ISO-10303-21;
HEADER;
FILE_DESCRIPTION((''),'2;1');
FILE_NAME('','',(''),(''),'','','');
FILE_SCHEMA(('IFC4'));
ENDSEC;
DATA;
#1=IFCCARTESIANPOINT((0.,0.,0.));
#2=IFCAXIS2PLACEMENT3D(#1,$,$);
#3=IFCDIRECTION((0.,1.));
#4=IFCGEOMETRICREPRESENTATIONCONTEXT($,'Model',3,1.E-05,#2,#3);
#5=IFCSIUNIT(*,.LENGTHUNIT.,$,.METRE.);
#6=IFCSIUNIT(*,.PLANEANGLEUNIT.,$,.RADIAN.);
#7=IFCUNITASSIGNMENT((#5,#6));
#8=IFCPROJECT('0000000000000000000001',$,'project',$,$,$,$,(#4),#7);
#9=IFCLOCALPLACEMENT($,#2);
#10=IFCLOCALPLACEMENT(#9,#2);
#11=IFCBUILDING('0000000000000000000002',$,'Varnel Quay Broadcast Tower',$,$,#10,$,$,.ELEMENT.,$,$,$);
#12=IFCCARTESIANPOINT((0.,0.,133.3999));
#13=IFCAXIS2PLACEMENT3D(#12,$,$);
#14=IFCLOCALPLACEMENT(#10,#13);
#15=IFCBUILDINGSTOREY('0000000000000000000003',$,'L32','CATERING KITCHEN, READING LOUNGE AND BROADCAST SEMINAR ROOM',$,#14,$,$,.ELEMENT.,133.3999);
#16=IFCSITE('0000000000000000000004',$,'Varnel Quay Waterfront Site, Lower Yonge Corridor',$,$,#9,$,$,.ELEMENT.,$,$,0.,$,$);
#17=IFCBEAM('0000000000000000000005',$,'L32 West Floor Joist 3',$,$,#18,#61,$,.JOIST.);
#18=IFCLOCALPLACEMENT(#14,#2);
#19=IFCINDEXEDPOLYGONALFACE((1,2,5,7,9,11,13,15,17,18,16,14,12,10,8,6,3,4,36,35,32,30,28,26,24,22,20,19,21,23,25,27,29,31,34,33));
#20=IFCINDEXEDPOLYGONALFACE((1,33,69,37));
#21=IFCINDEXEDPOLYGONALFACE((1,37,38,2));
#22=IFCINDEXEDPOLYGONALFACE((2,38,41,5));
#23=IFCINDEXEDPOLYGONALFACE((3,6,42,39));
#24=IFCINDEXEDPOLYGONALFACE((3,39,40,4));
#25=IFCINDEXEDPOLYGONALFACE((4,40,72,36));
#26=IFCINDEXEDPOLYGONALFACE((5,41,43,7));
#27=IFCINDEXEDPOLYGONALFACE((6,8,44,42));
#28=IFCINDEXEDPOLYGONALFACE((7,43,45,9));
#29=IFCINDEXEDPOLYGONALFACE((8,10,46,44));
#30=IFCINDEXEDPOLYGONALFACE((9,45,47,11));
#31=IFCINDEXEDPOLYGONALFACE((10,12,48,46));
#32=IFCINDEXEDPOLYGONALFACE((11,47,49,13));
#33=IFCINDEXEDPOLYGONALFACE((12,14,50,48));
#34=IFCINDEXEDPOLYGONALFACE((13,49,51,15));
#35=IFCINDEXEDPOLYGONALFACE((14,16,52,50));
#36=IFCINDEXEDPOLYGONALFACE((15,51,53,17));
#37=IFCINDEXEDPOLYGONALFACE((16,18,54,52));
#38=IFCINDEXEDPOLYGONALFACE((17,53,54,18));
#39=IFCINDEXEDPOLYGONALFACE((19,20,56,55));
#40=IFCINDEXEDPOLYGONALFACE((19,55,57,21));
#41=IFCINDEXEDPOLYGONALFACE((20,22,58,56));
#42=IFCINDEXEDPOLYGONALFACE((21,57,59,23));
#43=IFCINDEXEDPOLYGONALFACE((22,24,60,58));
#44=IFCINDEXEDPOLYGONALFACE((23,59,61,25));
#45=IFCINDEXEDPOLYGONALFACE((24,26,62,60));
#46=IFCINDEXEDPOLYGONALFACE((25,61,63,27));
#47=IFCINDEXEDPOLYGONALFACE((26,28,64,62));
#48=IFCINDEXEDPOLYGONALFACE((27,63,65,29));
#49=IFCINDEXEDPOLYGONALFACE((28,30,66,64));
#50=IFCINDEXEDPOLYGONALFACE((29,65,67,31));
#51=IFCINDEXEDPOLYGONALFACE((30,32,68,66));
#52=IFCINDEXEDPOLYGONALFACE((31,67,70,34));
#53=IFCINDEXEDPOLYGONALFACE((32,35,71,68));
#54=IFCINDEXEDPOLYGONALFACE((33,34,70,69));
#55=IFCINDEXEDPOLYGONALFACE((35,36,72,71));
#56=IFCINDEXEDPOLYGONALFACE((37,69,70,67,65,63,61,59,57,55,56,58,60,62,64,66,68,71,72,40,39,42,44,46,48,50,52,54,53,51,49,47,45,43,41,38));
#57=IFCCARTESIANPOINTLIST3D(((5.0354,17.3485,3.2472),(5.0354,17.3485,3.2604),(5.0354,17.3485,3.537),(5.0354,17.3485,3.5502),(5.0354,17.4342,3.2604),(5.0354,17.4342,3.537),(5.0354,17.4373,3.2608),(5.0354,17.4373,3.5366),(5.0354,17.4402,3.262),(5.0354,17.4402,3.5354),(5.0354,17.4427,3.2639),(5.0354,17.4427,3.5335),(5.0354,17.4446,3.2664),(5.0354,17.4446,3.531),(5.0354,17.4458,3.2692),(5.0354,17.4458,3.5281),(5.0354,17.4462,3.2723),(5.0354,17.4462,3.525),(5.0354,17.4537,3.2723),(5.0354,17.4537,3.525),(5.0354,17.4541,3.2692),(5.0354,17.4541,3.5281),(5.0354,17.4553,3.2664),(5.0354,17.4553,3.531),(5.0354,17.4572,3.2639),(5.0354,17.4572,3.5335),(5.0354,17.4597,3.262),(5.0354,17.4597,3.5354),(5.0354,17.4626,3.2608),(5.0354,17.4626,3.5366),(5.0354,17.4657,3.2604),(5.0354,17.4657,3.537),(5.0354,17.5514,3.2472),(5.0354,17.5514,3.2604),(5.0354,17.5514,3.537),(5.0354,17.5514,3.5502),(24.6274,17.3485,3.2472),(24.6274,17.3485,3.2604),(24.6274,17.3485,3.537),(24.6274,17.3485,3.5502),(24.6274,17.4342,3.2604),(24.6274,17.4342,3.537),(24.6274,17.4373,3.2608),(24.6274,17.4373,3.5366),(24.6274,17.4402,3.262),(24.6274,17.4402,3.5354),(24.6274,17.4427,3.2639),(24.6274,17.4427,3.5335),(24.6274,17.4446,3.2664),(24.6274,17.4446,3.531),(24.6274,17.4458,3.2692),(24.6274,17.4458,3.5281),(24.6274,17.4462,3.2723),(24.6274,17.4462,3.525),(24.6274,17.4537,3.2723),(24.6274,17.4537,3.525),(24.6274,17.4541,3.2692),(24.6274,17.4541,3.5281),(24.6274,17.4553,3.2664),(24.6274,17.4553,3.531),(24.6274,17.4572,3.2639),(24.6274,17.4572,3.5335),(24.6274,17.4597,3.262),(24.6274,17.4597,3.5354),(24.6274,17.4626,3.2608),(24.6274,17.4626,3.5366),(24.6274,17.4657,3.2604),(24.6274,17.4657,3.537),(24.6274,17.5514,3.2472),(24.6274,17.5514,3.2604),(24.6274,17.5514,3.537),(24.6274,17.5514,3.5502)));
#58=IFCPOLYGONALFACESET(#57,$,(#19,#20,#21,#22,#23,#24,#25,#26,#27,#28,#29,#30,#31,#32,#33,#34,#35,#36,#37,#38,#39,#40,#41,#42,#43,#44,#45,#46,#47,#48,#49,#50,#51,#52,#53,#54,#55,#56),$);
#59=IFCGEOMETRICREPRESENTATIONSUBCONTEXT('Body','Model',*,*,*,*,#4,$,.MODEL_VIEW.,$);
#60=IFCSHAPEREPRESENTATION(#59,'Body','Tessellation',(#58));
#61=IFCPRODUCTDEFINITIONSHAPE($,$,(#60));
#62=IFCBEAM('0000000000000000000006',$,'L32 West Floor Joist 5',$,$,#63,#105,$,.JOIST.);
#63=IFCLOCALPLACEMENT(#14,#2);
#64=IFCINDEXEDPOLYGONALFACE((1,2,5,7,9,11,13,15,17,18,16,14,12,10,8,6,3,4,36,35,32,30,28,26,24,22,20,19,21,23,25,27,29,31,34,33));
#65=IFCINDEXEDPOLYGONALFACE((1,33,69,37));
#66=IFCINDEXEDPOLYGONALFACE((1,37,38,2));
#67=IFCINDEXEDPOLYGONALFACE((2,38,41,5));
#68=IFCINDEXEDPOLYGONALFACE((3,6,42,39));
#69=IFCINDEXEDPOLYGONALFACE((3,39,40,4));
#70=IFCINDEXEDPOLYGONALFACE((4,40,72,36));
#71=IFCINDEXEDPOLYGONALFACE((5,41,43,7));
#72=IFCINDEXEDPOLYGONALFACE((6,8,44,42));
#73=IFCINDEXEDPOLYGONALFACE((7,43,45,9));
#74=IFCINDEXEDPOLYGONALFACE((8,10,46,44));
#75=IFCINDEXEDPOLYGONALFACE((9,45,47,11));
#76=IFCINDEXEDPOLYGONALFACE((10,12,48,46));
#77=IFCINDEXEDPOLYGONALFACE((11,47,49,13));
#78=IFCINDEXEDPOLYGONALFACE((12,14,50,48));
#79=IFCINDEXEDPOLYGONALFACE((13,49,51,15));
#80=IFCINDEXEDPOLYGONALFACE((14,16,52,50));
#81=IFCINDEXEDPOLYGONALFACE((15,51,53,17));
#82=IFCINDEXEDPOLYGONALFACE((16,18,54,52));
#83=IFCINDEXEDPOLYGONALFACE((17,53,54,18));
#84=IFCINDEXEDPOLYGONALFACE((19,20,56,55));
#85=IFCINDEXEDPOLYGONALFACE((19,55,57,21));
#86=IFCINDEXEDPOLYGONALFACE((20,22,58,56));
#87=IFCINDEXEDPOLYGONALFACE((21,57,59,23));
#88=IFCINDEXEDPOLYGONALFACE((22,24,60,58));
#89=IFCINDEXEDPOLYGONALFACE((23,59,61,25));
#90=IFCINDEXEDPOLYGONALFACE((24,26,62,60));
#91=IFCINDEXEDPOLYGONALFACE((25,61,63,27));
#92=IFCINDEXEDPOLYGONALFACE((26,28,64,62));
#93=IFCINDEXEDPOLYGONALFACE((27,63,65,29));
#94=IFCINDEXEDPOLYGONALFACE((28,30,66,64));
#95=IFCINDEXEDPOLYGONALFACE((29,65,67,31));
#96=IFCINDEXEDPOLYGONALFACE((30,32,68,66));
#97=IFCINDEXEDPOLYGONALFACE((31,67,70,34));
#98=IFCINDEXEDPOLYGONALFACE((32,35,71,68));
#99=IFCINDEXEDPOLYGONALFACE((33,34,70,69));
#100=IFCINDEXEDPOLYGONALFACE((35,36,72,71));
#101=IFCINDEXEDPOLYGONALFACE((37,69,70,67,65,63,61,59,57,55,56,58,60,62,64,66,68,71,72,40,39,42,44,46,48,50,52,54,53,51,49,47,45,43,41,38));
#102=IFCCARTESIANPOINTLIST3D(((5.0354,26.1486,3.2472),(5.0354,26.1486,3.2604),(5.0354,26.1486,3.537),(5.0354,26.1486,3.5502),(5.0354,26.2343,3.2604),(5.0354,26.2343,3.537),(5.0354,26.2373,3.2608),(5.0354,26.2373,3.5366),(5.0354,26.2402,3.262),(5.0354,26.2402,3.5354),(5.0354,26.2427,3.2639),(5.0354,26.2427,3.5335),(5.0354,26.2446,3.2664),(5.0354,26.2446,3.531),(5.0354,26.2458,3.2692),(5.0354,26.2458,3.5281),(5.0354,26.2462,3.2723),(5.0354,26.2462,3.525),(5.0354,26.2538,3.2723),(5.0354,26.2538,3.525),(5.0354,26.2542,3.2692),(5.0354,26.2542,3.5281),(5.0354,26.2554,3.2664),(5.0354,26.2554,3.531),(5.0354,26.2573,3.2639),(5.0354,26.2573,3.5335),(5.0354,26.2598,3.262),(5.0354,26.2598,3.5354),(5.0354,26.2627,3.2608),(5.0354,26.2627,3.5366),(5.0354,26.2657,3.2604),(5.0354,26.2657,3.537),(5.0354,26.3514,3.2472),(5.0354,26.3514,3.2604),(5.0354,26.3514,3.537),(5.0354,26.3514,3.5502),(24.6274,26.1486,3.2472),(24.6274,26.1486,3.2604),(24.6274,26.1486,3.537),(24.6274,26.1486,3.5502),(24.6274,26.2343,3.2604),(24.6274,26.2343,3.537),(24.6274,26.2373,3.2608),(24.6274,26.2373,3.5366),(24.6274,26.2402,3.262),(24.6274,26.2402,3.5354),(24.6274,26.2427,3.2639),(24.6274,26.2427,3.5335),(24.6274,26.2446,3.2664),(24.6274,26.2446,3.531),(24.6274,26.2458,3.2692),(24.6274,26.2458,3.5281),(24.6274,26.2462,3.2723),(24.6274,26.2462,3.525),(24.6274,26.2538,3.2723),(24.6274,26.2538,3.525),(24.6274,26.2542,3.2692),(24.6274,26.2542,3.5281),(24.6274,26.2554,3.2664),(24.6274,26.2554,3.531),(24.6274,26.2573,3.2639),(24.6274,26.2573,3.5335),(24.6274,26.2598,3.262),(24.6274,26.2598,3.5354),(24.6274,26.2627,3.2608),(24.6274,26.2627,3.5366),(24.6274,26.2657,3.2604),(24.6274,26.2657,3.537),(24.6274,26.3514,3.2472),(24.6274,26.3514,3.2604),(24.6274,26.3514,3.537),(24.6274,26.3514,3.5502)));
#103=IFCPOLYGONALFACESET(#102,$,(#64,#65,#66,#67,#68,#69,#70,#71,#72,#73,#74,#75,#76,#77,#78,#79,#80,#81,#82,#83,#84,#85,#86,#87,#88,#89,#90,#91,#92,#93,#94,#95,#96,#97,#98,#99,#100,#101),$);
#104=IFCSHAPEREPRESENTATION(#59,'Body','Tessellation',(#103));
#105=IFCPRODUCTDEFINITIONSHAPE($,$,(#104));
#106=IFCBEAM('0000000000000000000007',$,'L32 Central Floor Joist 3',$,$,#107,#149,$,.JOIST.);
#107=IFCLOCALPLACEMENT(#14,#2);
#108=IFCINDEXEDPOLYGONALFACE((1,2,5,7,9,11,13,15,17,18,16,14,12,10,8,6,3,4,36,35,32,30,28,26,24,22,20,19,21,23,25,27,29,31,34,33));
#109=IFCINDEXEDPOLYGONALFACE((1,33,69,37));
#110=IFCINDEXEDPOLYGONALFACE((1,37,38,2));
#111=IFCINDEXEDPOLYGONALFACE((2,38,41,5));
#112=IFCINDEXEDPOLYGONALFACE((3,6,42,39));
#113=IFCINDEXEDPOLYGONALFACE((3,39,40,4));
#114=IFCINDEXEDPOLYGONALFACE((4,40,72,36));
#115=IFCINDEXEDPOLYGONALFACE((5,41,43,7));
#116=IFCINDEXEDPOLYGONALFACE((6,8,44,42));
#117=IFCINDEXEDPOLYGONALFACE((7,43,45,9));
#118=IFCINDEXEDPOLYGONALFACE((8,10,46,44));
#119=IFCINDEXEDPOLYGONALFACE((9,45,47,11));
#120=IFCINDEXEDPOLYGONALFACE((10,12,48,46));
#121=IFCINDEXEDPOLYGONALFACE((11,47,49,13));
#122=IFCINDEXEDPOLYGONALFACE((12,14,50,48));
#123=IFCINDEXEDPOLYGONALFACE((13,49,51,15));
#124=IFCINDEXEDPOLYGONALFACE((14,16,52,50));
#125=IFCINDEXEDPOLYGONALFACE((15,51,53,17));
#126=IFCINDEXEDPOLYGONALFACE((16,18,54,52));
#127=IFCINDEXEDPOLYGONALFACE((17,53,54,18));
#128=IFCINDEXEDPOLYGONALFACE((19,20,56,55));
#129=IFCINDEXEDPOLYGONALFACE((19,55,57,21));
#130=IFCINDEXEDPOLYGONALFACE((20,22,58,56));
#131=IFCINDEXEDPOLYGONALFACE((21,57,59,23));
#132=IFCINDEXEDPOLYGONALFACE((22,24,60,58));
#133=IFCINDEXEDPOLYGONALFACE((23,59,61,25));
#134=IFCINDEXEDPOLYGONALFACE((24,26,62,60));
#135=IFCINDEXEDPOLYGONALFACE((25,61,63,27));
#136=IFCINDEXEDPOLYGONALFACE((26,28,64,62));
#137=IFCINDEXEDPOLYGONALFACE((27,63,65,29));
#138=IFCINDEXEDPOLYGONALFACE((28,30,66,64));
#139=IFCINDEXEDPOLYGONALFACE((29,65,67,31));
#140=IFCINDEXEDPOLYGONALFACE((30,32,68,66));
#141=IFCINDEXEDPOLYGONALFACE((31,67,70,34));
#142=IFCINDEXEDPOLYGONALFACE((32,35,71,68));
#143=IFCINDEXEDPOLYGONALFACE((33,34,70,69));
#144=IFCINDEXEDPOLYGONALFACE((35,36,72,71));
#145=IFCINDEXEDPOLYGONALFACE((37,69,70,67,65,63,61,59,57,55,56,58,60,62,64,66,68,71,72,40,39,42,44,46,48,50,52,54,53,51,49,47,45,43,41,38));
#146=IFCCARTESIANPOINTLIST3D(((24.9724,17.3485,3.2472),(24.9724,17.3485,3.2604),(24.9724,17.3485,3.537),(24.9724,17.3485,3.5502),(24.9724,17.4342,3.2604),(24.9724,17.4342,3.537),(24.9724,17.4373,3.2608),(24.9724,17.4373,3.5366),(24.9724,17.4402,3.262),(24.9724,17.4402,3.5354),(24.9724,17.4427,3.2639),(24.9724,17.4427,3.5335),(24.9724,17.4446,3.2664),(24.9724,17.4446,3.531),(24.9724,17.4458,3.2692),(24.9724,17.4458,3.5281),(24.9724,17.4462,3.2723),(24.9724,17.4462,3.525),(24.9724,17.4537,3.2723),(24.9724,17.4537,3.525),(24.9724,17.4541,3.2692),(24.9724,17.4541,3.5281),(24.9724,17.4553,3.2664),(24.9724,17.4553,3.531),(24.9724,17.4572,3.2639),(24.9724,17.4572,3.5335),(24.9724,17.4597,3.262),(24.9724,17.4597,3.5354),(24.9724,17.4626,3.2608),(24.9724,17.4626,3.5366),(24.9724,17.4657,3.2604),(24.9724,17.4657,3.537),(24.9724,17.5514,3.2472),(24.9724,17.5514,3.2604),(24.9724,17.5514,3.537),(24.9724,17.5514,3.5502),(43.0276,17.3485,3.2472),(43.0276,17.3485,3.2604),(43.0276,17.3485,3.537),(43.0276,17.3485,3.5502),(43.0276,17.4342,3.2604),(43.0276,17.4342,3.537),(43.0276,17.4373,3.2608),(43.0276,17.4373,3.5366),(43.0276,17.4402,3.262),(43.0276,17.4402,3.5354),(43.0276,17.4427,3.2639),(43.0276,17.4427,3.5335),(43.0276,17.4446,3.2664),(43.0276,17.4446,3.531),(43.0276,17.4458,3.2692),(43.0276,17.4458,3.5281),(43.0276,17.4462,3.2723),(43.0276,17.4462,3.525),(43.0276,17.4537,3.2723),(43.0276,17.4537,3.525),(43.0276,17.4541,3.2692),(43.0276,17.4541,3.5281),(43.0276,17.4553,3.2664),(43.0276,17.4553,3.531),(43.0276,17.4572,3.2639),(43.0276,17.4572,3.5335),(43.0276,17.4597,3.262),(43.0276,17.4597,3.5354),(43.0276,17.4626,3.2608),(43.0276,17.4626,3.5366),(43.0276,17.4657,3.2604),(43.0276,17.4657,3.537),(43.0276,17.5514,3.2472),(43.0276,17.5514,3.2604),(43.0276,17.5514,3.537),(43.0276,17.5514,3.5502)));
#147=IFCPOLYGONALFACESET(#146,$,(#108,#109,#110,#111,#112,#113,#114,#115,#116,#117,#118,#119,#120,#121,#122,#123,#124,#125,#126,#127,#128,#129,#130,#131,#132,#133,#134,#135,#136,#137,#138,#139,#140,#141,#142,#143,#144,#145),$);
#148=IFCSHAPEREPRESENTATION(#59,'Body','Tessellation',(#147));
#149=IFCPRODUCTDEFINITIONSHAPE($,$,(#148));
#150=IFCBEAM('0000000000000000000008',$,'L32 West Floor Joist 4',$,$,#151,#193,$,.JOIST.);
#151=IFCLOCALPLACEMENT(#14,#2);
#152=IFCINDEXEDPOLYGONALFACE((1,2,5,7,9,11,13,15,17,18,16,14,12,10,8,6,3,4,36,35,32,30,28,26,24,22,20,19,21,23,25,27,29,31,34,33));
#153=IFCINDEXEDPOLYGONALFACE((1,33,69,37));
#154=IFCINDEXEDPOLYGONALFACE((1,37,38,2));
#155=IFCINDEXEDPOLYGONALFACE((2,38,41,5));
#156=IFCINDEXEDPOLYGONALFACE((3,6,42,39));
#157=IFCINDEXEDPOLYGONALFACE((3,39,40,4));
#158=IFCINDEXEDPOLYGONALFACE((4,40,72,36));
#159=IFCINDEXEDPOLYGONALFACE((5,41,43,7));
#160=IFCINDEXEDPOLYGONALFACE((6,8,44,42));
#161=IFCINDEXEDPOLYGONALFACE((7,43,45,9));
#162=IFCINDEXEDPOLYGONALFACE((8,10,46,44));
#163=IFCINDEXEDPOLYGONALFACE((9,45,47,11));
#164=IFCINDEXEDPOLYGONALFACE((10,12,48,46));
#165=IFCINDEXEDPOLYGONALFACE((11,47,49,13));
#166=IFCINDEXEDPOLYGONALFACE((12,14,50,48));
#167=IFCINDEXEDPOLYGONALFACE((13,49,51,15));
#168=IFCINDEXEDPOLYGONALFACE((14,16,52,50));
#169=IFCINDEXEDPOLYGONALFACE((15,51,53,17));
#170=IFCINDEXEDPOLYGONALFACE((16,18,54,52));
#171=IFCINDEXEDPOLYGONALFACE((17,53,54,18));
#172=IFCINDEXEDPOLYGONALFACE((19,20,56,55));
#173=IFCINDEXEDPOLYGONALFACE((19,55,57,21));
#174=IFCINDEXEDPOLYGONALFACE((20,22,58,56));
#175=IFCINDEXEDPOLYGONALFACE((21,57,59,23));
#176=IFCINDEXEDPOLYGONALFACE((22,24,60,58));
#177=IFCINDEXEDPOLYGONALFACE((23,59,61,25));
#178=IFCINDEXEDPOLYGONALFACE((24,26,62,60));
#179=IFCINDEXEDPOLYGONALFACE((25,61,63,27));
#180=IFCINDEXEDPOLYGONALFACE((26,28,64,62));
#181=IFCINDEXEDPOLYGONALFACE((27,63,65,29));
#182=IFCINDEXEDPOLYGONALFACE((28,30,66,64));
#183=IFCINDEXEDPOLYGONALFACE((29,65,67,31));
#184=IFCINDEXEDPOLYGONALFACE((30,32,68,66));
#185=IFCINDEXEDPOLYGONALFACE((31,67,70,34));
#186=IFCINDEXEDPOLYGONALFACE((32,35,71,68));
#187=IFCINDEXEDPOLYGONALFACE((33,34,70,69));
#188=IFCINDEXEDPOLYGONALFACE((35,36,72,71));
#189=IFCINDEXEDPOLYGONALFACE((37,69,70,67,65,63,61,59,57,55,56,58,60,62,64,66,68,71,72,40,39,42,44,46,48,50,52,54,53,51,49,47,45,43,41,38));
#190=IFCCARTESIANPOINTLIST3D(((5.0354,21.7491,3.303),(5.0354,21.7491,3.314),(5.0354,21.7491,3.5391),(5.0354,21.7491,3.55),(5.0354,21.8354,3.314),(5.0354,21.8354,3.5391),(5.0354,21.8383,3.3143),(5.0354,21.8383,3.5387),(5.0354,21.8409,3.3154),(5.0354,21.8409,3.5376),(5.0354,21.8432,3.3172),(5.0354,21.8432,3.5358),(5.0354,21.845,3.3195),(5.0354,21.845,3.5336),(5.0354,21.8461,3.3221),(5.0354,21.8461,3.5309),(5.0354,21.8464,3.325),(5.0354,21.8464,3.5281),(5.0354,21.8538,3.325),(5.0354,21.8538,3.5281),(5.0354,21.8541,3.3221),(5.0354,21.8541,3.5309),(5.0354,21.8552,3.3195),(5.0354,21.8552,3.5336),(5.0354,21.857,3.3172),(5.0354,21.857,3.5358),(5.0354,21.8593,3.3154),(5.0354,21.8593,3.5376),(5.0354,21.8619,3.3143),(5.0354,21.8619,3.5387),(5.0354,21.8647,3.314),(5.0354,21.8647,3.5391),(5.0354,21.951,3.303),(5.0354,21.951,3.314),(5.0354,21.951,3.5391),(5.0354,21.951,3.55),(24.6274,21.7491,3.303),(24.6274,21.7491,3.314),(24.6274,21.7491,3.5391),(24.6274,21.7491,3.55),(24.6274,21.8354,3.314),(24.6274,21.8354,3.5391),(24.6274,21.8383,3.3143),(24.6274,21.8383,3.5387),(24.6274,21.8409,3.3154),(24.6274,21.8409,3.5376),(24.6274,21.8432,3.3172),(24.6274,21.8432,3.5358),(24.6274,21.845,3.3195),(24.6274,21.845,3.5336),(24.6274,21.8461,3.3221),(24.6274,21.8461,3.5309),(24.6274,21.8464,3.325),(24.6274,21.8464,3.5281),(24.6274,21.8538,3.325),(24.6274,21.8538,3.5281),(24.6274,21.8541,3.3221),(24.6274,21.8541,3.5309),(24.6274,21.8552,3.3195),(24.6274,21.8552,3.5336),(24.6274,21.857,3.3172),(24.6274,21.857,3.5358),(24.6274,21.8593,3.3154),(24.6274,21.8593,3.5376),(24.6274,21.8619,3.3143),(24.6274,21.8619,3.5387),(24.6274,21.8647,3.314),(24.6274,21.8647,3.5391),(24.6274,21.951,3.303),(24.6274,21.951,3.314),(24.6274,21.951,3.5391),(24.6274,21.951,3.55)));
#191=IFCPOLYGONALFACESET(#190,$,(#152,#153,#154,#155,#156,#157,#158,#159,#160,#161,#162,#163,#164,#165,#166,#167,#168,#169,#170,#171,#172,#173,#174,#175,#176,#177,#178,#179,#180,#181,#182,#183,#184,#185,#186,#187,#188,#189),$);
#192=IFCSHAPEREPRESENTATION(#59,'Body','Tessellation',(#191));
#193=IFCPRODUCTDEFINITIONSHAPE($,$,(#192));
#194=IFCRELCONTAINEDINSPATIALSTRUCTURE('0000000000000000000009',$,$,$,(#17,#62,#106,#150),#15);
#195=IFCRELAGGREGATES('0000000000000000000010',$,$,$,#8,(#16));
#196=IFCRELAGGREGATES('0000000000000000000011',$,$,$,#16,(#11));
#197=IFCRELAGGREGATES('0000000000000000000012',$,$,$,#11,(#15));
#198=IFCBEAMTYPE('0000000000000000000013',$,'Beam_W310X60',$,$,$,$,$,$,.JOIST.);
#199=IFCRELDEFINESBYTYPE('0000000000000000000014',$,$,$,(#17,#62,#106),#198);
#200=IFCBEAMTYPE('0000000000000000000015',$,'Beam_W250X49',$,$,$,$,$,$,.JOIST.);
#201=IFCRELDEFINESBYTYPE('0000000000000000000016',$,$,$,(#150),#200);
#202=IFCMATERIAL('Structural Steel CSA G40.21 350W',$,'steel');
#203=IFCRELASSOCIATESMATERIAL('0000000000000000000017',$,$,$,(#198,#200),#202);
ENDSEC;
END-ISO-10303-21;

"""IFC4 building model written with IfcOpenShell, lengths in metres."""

from ifc_helpers import new_model, si_unit, direction, frame, origin, origin_2d, place, context, subcontext, project, spatial, i_section, extrude, source, transform, mapped, material, material_profile, profile_set, type_object, element, save


model = new_model("IFC4")

# Units and contexts
model_context = context("Model", 3, precision=1e-05, world=origin(), true_north=direction((0.0, 1.0)))
body_context = subcontext(model_context, "Body", "Model", "MODEL_VIEW")
ifc_project = project(units=[si_unit("LENGTHUNIT", "METRE"), si_unit("PLANEANGLEUNIT", "RADIAN")], contexts=[model_context])

# Site, building, storey
site_placement = place(None, origin())
site = spatial("IfcSite", under=ifc_project, at=site_placement, Name="Varnel Quay Waterfront Site, Lower Yonge Corridor", CompositionType="ELEMENT", RefElevation=0.0)
building_placement = place(site_placement, origin())
building = spatial("IfcBuilding", under=site, at=building_placement, Name="Varnel Quay Broadcast Tower", CompositionType="ELEMENT")
storey_placement = place(building_placement, frame((0.0, 0.0, 133.3999)))
storey = spatial("IfcBuildingStorey", under=building, at=storey_placement, Name="L32", Description="CATERING KITCHEN, READING LOUNGE AND BROADCAST SEMINAR ROOM", CompositionType="ELEMENT", Elevation=133.3999)

# Shared definitions
ifc_material_1 = material(Name="Structural Steel CSA G40.21 350W", Category="steel")

# Beams
ifc_material_profile_1 = material_profile(ifc_material_1, i_section(OverallWidth=0.2029, OverallDepth=0.303, WebThickness=0.0076, FlangeThickness=0.0132, FilletRadius=0.012, at=origin_2d()), Name="W310X60")
ifc_profile_set_1 = profile_set([ifc_material_profile_1], Name="Structural Steel CSA G40.21 350W")
beam_type_1 = type_object("IfcBeamType", Name="Beam_W310X60", PredefinedType="JOIST", material=ifc_profile_set_1)
shared_shape_1 = source(origin(), body_context, "Body", "SweptSolid", [
    extrude(i_section(OverallWidth=0.2029, OverallDepth=0.303, WebThickness=0.0076, FlangeThickness=0.0132, FilletRadius=0.012, at=origin_2d()), origin(), (0.0, 0.0, 1.0), 19.592),
])
for number, where, z_axis, x_axis, name in (
    (1, (5.0354, 17.45, 3.3987), (1.0, 0.0, 0.0), (0.0, 1.0, 0.0), "L32 West Floor Joist 3"),
    (2, (5.0354, 26.25, 3.3987), (1.0, 0.0, 0.0), (0.0, 1.0, 0.0), "L32 West Floor Joist 5"),
):
    element("IfcBeam", number, at=place(storey_placement, frame(where, z_axis=z_axis, x_axis=x_axis)), inside=storey, type_object=beam_type_1, Name=name, PredefinedType="JOIST", context=body_context, shape_type="MappedRepresentation", body=[
        mapped(shared_shape_1, transform((0.0, 0.0, 0.0), x_axis=(1.0, 0.0, 0.0), y_axis=(0.0, 1.0, 0.0), z_axis=(0.0, 0.0, 1.0), scale=1.0)),
    ])
shared_shape_2 = source(origin(), body_context, "Body", "SweptSolid", [
    extrude(i_section(OverallWidth=0.2029, OverallDepth=0.303, WebThickness=0.0076, FlangeThickness=0.0132, FilletRadius=0.012, at=origin_2d()), origin(), (0.0, 0.0, 1.0), 18.0552),
])
beam_1_placement = place(storey_placement, frame((24.9724, 17.45, 3.3987), z_axis=(1.0, 0.0, 0.0), x_axis=(0.0, 1.0, 0.0)))
element("IfcBeam", 3, at=beam_1_placement, inside=storey, type_object=beam_type_1, Name="L32 Central Floor Joist 3", PredefinedType="JOIST", context=body_context, shape_type="MappedRepresentation", body=[
    mapped(shared_shape_2, transform((0.0, 0.0, 0.0), x_axis=(1.0, 0.0, 0.0), y_axis=(0.0, 1.0, 0.0), z_axis=(0.0, 0.0, 1.0), scale=1.0)),
])
ifc_material_profile_2 = material_profile(ifc_material_1, i_section(OverallWidth=0.2019, OverallDepth=0.2471, WebThickness=0.0073, FlangeThickness=0.011, FilletRadius=0.011, at=origin_2d()), Name="W250X49")
ifc_profile_set_2 = profile_set([ifc_material_profile_2], Name="Structural Steel CSA G40.21 350W")
beam_type_2 = type_object("IfcBeamType", Name="Beam_W250X49", PredefinedType="JOIST", material=ifc_profile_set_2)
shared_shape_3 = source(origin(), body_context, "Body", "SweptSolid", [
    extrude(i_section(OverallWidth=0.2019, OverallDepth=0.2471, WebThickness=0.0073, FlangeThickness=0.011, FilletRadius=0.011, at=origin_2d()), origin(), (0.0, 0.0, 1.0), 19.592),
])
for number, where, z_axis, x_axis, name in (
    (4, (5.0354, 21.8501, 3.4265), (1.0, 0.0, 0.0), (0.0, 1.0, 0.0), "L32 West Floor Joist 4"),
):
    element("IfcBeam", number, at=place(storey_placement, frame(where, z_axis=z_axis, x_axis=x_axis)), inside=storey, type_object=beam_type_2, Name=name, PredefinedType="JOIST", context=body_context, shape_type="MappedRepresentation", body=[
        mapped(shared_shape_3, transform((0.0, 0.0, 0.0), x_axis=(1.0, 0.0, 0.0), y_axis=(0.0, 1.0, 0.0), z_axis=(0.0, 0.0, 1.0), scale=1.0)),
    ])

save(model, "model.ifc")
